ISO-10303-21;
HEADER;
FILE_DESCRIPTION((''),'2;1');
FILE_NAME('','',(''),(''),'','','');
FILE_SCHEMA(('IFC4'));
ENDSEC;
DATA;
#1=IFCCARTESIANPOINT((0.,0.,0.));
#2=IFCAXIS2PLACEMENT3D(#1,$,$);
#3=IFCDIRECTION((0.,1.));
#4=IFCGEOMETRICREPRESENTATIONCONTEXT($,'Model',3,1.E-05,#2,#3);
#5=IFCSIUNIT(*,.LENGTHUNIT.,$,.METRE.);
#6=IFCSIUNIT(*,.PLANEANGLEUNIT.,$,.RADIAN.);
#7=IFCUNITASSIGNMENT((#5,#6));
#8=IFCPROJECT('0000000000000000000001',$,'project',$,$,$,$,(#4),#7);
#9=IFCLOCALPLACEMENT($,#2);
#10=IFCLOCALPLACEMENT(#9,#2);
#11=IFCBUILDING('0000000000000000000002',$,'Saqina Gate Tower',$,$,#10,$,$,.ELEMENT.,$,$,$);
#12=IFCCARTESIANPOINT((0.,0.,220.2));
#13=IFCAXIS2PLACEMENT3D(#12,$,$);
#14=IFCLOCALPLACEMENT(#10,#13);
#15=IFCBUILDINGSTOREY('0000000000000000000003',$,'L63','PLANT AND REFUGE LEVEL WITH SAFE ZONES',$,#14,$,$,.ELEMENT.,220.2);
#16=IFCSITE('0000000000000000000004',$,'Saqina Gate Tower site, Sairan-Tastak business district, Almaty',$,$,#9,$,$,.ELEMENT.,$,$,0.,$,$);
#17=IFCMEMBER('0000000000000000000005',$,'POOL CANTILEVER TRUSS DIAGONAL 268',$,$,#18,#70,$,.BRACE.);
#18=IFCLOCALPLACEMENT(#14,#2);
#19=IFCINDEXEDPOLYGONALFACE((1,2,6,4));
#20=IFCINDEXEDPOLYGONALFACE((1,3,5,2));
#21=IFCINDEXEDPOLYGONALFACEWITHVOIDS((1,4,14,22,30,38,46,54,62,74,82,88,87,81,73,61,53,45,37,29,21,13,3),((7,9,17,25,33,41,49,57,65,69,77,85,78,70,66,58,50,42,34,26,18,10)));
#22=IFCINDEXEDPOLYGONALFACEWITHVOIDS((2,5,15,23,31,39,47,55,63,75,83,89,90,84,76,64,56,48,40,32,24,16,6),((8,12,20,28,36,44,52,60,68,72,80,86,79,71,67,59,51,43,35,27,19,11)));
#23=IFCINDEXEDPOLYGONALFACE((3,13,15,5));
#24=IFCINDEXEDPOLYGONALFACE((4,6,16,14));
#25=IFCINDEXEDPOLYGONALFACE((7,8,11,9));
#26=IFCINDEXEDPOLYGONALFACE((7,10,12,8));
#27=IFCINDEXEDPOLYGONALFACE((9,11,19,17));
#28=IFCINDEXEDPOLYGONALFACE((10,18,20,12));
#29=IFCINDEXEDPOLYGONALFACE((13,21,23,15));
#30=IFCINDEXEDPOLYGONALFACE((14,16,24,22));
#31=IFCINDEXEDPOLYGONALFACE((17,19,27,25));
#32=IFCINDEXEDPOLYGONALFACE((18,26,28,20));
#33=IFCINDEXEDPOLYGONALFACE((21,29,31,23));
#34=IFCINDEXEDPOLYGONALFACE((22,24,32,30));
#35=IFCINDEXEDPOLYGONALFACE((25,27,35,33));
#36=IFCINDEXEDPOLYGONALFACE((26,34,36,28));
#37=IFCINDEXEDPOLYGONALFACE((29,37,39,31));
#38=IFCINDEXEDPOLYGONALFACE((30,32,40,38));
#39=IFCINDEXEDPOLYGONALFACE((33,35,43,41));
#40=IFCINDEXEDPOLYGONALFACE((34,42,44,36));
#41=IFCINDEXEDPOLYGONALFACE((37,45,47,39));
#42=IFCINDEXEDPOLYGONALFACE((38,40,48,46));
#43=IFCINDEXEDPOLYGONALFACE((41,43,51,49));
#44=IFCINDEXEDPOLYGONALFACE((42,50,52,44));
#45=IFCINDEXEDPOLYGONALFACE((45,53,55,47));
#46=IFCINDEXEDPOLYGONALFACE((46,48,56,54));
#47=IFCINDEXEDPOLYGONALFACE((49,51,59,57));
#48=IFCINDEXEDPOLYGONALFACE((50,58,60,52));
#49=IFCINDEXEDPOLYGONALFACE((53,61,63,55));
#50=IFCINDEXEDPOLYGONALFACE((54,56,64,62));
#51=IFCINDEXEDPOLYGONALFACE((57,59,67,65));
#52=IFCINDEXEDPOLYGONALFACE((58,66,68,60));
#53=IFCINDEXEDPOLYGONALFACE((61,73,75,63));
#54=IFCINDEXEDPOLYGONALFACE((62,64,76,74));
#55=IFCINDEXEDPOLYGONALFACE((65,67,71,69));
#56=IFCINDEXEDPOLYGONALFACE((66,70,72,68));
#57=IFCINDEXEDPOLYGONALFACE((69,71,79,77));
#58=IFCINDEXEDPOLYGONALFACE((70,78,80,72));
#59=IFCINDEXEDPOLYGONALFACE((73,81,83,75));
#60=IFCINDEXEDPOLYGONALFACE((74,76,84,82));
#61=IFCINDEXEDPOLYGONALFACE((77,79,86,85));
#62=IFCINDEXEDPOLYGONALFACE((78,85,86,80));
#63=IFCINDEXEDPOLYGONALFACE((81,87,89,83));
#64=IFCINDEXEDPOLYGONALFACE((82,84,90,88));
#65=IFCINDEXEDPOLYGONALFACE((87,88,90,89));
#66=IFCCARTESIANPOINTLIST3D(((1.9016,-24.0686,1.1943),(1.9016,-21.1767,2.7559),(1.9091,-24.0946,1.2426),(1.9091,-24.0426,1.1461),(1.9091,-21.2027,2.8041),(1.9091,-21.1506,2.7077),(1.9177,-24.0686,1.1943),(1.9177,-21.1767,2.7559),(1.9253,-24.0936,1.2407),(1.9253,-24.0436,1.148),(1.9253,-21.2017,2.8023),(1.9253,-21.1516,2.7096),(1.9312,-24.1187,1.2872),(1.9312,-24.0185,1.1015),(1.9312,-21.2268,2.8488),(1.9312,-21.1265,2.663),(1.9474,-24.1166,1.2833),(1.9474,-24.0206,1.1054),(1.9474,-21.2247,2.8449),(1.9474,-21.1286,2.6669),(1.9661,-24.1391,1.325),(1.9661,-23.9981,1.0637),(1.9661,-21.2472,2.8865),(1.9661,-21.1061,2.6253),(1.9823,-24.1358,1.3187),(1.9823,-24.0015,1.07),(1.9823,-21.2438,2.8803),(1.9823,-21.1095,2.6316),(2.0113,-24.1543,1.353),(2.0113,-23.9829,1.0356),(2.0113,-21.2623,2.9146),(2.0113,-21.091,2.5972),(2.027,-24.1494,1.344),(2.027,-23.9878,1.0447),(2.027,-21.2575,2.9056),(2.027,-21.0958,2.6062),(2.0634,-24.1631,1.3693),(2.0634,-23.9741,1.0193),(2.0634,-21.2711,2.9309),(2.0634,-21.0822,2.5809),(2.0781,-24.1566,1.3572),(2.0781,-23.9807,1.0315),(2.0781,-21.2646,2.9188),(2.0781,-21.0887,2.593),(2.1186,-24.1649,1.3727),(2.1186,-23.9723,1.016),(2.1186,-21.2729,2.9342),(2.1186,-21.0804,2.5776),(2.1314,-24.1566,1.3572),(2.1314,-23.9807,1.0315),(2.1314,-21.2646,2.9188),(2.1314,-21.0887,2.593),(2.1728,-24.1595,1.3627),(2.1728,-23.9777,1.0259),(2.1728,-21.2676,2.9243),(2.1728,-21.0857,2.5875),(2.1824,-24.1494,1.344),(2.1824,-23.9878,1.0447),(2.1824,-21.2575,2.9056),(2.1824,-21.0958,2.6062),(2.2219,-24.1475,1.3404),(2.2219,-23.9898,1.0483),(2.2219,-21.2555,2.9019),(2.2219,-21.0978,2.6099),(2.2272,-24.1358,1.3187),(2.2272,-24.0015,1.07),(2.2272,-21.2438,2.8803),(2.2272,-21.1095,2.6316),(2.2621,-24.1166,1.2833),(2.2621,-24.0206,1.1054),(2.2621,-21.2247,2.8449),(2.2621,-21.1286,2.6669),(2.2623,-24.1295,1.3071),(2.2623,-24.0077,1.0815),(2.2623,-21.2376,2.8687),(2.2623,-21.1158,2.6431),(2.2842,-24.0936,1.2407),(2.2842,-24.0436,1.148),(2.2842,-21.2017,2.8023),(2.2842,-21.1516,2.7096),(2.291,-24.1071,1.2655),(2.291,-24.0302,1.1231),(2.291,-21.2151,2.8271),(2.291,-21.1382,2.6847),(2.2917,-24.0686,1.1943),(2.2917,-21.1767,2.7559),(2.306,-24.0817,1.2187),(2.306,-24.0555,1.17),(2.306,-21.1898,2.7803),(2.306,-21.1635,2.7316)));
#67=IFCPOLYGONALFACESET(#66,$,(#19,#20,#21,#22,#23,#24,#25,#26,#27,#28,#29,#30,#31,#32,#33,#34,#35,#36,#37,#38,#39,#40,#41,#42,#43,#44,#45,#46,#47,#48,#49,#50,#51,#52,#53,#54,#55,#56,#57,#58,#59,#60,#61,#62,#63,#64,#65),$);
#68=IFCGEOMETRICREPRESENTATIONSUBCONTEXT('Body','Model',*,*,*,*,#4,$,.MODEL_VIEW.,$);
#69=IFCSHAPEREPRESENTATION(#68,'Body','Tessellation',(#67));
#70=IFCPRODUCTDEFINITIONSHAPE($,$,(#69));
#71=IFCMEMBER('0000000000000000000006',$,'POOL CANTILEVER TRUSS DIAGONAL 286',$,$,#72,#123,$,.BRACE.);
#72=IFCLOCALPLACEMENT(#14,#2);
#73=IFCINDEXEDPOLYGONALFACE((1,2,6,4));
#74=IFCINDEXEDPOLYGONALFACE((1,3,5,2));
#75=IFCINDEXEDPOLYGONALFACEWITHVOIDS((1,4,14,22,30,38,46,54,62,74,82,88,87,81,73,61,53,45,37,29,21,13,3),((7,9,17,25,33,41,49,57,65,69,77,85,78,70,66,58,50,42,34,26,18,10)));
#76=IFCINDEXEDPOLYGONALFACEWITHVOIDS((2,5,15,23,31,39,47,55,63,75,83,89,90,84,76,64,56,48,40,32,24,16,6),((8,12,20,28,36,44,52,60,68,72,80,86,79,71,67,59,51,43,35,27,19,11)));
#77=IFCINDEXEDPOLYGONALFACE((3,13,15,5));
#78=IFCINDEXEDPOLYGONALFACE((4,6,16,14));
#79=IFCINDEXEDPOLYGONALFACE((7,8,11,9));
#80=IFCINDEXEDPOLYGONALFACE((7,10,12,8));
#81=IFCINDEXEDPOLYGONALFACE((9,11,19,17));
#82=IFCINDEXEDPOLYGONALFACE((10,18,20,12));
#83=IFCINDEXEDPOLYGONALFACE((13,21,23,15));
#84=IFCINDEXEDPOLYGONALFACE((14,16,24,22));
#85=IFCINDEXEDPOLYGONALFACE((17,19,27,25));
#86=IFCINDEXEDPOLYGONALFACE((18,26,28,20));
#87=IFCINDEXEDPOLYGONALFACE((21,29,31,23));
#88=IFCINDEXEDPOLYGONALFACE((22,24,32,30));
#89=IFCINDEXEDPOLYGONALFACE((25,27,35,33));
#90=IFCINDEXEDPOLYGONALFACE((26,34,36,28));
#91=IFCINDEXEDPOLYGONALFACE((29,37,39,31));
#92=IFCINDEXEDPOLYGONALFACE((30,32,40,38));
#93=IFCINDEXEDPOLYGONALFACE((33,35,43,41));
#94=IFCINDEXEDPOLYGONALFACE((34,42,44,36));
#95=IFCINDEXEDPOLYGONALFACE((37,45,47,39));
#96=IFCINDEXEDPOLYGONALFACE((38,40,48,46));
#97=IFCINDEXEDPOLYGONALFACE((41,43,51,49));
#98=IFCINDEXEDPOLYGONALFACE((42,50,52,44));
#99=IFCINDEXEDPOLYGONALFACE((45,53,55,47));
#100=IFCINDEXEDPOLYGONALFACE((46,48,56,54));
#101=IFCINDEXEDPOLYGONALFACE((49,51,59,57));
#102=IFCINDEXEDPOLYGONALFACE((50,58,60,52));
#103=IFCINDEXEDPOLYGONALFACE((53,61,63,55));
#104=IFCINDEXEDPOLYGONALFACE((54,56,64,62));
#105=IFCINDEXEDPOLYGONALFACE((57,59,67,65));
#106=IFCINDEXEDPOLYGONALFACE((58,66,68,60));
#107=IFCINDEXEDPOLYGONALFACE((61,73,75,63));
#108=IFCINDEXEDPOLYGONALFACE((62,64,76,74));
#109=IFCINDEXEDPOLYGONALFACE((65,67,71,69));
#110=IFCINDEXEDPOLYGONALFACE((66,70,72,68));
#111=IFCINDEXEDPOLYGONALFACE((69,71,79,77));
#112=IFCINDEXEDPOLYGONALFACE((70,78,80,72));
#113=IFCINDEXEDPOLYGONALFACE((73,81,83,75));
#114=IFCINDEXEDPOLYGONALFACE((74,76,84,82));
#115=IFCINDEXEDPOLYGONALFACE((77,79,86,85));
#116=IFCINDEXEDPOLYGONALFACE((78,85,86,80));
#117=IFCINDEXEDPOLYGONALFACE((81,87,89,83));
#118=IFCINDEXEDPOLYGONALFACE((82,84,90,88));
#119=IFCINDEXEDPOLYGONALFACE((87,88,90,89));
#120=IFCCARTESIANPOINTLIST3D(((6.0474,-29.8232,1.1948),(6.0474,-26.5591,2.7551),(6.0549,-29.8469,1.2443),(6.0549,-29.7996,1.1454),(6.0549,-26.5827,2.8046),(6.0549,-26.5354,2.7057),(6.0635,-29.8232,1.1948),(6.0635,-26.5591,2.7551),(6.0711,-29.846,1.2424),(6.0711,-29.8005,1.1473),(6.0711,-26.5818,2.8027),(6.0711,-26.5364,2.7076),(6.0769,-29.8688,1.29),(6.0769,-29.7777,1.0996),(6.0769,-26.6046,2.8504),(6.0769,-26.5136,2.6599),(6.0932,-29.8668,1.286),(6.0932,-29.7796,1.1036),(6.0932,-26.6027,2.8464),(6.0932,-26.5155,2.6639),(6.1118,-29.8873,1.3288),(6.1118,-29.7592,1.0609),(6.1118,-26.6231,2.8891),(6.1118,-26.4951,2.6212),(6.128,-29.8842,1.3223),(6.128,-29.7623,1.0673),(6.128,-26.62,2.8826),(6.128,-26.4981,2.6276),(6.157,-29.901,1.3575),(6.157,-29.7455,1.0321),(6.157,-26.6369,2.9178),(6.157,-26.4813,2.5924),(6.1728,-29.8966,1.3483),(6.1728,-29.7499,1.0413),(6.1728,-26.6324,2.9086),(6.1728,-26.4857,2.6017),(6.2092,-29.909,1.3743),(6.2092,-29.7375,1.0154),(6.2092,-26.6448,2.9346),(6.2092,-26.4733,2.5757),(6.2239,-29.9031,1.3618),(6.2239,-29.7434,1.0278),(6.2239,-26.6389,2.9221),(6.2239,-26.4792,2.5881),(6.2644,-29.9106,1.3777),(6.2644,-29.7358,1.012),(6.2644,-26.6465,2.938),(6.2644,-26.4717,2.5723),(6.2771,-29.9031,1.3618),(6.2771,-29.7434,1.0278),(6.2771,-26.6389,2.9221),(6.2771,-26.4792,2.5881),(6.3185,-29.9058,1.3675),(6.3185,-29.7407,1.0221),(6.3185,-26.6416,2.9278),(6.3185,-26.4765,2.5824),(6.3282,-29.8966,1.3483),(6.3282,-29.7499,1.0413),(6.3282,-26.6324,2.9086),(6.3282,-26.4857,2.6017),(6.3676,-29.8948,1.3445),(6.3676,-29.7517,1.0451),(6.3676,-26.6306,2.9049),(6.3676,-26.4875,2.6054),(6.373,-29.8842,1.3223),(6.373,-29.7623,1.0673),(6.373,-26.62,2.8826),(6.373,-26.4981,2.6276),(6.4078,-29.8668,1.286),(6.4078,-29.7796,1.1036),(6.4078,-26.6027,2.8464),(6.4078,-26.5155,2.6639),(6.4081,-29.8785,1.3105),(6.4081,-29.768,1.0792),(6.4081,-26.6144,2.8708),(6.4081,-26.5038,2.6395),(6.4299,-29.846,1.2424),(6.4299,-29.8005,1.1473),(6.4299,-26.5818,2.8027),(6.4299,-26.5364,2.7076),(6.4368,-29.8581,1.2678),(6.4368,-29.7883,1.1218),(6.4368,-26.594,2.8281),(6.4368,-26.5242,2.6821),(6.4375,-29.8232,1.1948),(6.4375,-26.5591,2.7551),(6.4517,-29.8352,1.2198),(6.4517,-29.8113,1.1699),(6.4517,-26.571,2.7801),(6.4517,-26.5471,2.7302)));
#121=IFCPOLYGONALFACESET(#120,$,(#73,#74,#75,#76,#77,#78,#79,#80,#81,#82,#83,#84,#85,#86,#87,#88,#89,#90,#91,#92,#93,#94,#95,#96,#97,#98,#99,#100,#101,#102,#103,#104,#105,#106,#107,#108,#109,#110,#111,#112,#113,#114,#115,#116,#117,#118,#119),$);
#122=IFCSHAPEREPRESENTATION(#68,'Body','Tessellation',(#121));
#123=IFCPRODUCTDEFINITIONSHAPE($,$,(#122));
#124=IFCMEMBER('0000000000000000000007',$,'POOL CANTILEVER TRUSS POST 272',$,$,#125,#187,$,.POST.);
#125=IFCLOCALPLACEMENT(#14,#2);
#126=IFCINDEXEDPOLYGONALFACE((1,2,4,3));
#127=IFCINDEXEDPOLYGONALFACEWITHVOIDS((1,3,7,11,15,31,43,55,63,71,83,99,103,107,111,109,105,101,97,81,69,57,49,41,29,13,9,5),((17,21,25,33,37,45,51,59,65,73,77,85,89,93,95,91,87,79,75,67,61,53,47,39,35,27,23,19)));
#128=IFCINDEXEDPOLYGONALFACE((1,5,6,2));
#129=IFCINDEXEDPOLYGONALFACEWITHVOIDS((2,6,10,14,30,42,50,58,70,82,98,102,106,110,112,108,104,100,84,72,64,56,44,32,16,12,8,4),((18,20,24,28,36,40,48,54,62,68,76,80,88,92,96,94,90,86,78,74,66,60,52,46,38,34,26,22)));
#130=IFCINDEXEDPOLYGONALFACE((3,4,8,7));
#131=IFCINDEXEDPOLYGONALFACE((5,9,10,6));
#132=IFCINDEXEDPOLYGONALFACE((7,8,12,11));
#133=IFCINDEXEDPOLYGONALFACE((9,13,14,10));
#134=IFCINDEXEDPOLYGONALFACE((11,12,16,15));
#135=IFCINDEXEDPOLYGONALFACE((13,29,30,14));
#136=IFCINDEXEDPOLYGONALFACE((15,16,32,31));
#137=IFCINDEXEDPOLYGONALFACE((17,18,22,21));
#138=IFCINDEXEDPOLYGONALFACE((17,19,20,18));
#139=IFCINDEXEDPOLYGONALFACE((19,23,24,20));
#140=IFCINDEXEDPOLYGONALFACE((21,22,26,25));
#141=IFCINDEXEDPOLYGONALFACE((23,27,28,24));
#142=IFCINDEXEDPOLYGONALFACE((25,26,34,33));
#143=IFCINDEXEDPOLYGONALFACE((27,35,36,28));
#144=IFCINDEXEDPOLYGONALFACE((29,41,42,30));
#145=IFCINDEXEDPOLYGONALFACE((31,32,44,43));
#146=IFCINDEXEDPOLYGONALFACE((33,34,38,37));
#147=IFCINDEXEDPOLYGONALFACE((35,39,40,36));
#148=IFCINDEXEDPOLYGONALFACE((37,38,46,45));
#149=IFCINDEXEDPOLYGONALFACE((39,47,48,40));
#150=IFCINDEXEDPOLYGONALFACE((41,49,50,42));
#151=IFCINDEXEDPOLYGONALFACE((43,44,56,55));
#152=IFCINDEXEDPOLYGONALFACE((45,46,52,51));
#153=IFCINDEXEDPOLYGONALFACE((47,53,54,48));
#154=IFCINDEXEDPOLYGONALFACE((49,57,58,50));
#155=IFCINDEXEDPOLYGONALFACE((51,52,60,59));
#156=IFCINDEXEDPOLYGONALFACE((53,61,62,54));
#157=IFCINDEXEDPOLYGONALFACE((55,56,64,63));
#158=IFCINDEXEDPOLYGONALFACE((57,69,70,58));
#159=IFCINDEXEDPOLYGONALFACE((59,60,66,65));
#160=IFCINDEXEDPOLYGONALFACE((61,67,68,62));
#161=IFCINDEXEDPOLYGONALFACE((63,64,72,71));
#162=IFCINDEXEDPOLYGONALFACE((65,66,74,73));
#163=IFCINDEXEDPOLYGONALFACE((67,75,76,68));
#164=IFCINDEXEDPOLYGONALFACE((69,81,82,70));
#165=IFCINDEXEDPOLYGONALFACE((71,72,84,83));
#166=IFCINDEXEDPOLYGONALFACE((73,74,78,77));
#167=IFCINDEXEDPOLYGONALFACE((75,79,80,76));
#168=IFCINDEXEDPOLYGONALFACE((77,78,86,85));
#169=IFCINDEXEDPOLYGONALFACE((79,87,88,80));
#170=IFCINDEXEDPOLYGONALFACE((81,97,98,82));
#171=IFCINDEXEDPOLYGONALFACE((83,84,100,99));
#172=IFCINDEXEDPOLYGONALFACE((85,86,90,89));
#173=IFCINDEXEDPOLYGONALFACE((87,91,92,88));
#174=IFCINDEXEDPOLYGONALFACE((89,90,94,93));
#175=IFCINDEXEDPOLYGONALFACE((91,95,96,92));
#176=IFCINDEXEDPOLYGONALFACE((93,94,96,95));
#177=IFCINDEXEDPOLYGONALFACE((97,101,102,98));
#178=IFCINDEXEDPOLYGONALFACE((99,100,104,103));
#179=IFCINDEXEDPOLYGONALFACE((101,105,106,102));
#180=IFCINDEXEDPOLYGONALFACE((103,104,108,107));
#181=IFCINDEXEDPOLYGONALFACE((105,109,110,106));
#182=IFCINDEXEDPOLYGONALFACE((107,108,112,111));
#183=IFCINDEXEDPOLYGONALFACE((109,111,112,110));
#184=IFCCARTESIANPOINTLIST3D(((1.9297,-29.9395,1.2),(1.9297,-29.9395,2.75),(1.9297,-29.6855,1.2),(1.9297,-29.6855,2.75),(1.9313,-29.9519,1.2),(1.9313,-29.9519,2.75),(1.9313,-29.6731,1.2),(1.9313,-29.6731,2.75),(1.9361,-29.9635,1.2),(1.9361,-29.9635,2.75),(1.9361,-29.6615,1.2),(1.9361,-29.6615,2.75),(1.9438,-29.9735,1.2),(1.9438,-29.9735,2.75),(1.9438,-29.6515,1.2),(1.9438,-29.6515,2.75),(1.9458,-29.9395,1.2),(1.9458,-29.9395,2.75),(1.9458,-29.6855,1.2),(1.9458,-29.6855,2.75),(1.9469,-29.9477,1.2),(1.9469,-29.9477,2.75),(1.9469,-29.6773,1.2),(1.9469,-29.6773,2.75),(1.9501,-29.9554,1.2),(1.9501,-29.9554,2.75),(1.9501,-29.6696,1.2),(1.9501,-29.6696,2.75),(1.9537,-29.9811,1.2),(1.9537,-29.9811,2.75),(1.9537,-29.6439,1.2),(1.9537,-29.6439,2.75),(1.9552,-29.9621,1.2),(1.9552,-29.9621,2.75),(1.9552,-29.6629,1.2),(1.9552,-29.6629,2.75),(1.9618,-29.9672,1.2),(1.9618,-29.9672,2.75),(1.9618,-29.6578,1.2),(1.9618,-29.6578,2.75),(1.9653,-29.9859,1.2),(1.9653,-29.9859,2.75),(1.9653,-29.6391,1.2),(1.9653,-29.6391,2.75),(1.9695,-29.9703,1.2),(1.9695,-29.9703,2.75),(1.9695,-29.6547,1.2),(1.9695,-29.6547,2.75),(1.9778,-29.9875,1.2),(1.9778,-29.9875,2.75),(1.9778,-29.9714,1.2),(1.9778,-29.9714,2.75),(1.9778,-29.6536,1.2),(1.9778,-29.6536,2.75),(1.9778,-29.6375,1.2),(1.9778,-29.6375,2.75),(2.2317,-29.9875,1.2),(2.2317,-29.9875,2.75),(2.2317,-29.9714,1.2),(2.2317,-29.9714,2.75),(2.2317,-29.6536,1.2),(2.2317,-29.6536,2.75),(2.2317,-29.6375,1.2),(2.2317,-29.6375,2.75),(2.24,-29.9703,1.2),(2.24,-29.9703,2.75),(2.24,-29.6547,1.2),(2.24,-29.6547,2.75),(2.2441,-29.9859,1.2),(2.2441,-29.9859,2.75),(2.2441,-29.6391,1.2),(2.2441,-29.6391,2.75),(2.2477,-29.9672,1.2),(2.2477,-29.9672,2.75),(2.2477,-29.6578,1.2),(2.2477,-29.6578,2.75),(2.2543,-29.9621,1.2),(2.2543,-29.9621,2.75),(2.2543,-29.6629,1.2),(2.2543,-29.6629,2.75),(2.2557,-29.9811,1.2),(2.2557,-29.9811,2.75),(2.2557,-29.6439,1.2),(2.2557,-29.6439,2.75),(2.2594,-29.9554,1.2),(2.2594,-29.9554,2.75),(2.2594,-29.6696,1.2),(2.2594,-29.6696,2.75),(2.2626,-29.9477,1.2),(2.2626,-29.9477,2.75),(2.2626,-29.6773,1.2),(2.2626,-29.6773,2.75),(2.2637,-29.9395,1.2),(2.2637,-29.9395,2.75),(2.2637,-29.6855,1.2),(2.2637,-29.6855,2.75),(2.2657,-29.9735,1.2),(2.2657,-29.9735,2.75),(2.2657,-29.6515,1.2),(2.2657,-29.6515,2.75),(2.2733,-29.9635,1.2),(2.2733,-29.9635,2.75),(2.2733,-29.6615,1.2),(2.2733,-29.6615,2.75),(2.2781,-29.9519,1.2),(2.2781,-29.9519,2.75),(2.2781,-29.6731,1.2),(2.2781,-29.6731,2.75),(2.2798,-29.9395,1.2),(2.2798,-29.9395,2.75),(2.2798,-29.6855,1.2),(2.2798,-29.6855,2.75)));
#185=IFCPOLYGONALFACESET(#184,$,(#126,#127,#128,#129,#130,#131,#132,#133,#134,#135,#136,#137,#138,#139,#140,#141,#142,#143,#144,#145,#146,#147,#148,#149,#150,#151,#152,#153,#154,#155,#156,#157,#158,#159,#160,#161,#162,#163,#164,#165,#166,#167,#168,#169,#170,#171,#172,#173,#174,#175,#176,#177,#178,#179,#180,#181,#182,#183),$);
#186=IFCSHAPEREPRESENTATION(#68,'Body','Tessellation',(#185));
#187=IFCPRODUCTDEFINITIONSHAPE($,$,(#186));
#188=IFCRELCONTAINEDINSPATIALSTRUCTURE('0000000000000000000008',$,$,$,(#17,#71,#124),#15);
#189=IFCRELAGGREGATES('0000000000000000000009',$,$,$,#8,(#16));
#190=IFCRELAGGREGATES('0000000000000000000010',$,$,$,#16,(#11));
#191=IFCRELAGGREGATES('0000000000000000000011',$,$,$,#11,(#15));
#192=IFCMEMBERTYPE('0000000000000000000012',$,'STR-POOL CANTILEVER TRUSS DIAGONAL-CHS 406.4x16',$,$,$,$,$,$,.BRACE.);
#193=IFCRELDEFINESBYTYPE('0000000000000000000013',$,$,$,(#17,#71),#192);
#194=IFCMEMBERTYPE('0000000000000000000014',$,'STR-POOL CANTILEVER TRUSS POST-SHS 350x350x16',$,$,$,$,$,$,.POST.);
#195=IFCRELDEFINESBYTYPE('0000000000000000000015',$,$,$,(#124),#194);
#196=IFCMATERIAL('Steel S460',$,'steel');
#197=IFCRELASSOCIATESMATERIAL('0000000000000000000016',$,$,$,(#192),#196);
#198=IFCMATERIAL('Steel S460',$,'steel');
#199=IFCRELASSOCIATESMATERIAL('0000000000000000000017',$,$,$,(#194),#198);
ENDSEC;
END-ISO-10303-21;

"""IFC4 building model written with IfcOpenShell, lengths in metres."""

from ifc_helpers import new_model, si_unit, direction, frame, origin, origin_2d, place, context, subcontext, project, spatial, hollow_rectangle, hollow_circle, extrude, material, material_profile, profile_set, type_object, element, save


model = new_model("IFC4")

# Units and contexts
model_context = context("Model", 3, precision=1e-05, world=origin(), true_north=direction((0.0, 1.0)))
body_context = subcontext(model_context, "Body", "Model", "MODEL_VIEW")
ifc_project = project(units=[si_unit("LENGTHUNIT", "METRE"), si_unit("PLANEANGLEUNIT", "RADIAN")], contexts=[model_context])

# Site, building, storey
site_placement = place(None, origin())
site = spatial("IfcSite", under=ifc_project, at=site_placement, Name="Saqina Gate Tower site, Sairan-Tastak business district, Almaty", CompositionType="ELEMENT", RefElevation=0.0)
building_placement = place(site_placement, origin())
building = spatial("IfcBuilding", under=site, at=building_placement, Name="Saqina Gate Tower", CompositionType="ELEMENT")
storey_placement = place(building_placement, frame((0.0, 0.0, 220.2)))
storey = spatial("IfcBuildingStorey", under=building, at=storey_placement, Name="L63", Description="PLANT AND REFUGE LEVEL WITH SAFE ZONES", CompositionType="ELEMENT", Elevation=220.2)

# Members
ifc_material_1 = material(Name="Steel S460", Category="steel")
ifc_material_profile_1 = material_profile(ifc_material_1, hollow_circle(Radius=0.2031, WallThickness=0.0161, at=origin_2d()), Name="CHS 406.4x16")
ifc_profile_set_1 = profile_set([ifc_material_profile_1], Name="Steel S460")
member_type_1 = type_object("IfcMemberType", Name="STR-POOL CANTILEVER TRUSS DIAGONAL-CHS 406.4x16", PredefinedType="BRACE", material=ifc_profile_set_1)
member_1_placement = place(storey_placement, frame((2.1047, -24.0686, 1.1943), z_axis=(0.0, 0.879915, 0.475132), x_axis=(-1.0, 0.0, 0.0)))
element("IfcMember", 1, at=member_1_placement, inside=storey, type_object=member_type_1, Name="POOL CANTILEVER TRUSS DIAGONAL 268", PredefinedType="BRACE", context=body_context, shape_type="SweptSolid", body=[
    extrude(hollow_circle(Radius=0.2031, WallThickness=0.0161, at=origin_2d()), origin(), (0.0, 0.0, 1.0), 3.2866),
])
member_2_placement = place(storey_placement, frame((6.2505, -29.8232, 1.1948), z_axis=(0.0, 0.902222, 0.431272), x_axis=(-1.0, 0.0, 0.0)))
element("IfcMember", 2, at=member_2_placement, inside=storey, type_object=member_type_1, Name="POOL CANTILEVER TRUSS DIAGONAL 286", PredefinedType="BRACE", context=body_context, shape_type="SweptSolid", body=[
    extrude(hollow_circle(Radius=0.2031, WallThickness=0.0161, at=origin_2d()), origin(), (0.0, 0.0, 1.0), 3.6179),
])
ifc_material_2 = material(Name="Steel S460", Category="steel")
ifc_material_profile_2 = material_profile(ifc_material_2, hollow_rectangle(XDim=0.3501, YDim=0.3501, WallThickness=0.0161, InnerFilletRadius=0.032, OuterFilletRadius=0.0481, at=origin_2d()), Name="SHS 350x350x16")
ifc_profile_set_2 = profile_set([ifc_material_profile_2], Name="Steel S460")
member_type_2 = type_object("IfcMemberType", Name="STR-POOL CANTILEVER TRUSS POST-SHS 350x350x16", PredefinedType="POST", material=ifc_profile_set_2)
for number, where, z_axis, x_axis, name in (
    (3, (2.1047, -29.8125, 1.2), (0.0, 0.0, 1.0), (1.0, 0.0, 0.0), "POOL CANTILEVER TRUSS POST 272"),
):
    element("IfcMember", number, at=place(storey_placement, frame(where, z_axis=z_axis, x_axis=x_axis)), inside=storey, type_object=member_type_2, Name=name, PredefinedType="POST", context=body_context, shape_type="SweptSolid", body=[
        extrude(hollow_rectangle(XDim=0.3501, YDim=0.3501, WallThickness=0.0161, InnerFilletRadius=0.032, OuterFilletRadius=0.0481, at=origin_2d()), origin(), (0.0, 0.0, 1.0), 1.55),
    ])

save(model, "model.ifc")
